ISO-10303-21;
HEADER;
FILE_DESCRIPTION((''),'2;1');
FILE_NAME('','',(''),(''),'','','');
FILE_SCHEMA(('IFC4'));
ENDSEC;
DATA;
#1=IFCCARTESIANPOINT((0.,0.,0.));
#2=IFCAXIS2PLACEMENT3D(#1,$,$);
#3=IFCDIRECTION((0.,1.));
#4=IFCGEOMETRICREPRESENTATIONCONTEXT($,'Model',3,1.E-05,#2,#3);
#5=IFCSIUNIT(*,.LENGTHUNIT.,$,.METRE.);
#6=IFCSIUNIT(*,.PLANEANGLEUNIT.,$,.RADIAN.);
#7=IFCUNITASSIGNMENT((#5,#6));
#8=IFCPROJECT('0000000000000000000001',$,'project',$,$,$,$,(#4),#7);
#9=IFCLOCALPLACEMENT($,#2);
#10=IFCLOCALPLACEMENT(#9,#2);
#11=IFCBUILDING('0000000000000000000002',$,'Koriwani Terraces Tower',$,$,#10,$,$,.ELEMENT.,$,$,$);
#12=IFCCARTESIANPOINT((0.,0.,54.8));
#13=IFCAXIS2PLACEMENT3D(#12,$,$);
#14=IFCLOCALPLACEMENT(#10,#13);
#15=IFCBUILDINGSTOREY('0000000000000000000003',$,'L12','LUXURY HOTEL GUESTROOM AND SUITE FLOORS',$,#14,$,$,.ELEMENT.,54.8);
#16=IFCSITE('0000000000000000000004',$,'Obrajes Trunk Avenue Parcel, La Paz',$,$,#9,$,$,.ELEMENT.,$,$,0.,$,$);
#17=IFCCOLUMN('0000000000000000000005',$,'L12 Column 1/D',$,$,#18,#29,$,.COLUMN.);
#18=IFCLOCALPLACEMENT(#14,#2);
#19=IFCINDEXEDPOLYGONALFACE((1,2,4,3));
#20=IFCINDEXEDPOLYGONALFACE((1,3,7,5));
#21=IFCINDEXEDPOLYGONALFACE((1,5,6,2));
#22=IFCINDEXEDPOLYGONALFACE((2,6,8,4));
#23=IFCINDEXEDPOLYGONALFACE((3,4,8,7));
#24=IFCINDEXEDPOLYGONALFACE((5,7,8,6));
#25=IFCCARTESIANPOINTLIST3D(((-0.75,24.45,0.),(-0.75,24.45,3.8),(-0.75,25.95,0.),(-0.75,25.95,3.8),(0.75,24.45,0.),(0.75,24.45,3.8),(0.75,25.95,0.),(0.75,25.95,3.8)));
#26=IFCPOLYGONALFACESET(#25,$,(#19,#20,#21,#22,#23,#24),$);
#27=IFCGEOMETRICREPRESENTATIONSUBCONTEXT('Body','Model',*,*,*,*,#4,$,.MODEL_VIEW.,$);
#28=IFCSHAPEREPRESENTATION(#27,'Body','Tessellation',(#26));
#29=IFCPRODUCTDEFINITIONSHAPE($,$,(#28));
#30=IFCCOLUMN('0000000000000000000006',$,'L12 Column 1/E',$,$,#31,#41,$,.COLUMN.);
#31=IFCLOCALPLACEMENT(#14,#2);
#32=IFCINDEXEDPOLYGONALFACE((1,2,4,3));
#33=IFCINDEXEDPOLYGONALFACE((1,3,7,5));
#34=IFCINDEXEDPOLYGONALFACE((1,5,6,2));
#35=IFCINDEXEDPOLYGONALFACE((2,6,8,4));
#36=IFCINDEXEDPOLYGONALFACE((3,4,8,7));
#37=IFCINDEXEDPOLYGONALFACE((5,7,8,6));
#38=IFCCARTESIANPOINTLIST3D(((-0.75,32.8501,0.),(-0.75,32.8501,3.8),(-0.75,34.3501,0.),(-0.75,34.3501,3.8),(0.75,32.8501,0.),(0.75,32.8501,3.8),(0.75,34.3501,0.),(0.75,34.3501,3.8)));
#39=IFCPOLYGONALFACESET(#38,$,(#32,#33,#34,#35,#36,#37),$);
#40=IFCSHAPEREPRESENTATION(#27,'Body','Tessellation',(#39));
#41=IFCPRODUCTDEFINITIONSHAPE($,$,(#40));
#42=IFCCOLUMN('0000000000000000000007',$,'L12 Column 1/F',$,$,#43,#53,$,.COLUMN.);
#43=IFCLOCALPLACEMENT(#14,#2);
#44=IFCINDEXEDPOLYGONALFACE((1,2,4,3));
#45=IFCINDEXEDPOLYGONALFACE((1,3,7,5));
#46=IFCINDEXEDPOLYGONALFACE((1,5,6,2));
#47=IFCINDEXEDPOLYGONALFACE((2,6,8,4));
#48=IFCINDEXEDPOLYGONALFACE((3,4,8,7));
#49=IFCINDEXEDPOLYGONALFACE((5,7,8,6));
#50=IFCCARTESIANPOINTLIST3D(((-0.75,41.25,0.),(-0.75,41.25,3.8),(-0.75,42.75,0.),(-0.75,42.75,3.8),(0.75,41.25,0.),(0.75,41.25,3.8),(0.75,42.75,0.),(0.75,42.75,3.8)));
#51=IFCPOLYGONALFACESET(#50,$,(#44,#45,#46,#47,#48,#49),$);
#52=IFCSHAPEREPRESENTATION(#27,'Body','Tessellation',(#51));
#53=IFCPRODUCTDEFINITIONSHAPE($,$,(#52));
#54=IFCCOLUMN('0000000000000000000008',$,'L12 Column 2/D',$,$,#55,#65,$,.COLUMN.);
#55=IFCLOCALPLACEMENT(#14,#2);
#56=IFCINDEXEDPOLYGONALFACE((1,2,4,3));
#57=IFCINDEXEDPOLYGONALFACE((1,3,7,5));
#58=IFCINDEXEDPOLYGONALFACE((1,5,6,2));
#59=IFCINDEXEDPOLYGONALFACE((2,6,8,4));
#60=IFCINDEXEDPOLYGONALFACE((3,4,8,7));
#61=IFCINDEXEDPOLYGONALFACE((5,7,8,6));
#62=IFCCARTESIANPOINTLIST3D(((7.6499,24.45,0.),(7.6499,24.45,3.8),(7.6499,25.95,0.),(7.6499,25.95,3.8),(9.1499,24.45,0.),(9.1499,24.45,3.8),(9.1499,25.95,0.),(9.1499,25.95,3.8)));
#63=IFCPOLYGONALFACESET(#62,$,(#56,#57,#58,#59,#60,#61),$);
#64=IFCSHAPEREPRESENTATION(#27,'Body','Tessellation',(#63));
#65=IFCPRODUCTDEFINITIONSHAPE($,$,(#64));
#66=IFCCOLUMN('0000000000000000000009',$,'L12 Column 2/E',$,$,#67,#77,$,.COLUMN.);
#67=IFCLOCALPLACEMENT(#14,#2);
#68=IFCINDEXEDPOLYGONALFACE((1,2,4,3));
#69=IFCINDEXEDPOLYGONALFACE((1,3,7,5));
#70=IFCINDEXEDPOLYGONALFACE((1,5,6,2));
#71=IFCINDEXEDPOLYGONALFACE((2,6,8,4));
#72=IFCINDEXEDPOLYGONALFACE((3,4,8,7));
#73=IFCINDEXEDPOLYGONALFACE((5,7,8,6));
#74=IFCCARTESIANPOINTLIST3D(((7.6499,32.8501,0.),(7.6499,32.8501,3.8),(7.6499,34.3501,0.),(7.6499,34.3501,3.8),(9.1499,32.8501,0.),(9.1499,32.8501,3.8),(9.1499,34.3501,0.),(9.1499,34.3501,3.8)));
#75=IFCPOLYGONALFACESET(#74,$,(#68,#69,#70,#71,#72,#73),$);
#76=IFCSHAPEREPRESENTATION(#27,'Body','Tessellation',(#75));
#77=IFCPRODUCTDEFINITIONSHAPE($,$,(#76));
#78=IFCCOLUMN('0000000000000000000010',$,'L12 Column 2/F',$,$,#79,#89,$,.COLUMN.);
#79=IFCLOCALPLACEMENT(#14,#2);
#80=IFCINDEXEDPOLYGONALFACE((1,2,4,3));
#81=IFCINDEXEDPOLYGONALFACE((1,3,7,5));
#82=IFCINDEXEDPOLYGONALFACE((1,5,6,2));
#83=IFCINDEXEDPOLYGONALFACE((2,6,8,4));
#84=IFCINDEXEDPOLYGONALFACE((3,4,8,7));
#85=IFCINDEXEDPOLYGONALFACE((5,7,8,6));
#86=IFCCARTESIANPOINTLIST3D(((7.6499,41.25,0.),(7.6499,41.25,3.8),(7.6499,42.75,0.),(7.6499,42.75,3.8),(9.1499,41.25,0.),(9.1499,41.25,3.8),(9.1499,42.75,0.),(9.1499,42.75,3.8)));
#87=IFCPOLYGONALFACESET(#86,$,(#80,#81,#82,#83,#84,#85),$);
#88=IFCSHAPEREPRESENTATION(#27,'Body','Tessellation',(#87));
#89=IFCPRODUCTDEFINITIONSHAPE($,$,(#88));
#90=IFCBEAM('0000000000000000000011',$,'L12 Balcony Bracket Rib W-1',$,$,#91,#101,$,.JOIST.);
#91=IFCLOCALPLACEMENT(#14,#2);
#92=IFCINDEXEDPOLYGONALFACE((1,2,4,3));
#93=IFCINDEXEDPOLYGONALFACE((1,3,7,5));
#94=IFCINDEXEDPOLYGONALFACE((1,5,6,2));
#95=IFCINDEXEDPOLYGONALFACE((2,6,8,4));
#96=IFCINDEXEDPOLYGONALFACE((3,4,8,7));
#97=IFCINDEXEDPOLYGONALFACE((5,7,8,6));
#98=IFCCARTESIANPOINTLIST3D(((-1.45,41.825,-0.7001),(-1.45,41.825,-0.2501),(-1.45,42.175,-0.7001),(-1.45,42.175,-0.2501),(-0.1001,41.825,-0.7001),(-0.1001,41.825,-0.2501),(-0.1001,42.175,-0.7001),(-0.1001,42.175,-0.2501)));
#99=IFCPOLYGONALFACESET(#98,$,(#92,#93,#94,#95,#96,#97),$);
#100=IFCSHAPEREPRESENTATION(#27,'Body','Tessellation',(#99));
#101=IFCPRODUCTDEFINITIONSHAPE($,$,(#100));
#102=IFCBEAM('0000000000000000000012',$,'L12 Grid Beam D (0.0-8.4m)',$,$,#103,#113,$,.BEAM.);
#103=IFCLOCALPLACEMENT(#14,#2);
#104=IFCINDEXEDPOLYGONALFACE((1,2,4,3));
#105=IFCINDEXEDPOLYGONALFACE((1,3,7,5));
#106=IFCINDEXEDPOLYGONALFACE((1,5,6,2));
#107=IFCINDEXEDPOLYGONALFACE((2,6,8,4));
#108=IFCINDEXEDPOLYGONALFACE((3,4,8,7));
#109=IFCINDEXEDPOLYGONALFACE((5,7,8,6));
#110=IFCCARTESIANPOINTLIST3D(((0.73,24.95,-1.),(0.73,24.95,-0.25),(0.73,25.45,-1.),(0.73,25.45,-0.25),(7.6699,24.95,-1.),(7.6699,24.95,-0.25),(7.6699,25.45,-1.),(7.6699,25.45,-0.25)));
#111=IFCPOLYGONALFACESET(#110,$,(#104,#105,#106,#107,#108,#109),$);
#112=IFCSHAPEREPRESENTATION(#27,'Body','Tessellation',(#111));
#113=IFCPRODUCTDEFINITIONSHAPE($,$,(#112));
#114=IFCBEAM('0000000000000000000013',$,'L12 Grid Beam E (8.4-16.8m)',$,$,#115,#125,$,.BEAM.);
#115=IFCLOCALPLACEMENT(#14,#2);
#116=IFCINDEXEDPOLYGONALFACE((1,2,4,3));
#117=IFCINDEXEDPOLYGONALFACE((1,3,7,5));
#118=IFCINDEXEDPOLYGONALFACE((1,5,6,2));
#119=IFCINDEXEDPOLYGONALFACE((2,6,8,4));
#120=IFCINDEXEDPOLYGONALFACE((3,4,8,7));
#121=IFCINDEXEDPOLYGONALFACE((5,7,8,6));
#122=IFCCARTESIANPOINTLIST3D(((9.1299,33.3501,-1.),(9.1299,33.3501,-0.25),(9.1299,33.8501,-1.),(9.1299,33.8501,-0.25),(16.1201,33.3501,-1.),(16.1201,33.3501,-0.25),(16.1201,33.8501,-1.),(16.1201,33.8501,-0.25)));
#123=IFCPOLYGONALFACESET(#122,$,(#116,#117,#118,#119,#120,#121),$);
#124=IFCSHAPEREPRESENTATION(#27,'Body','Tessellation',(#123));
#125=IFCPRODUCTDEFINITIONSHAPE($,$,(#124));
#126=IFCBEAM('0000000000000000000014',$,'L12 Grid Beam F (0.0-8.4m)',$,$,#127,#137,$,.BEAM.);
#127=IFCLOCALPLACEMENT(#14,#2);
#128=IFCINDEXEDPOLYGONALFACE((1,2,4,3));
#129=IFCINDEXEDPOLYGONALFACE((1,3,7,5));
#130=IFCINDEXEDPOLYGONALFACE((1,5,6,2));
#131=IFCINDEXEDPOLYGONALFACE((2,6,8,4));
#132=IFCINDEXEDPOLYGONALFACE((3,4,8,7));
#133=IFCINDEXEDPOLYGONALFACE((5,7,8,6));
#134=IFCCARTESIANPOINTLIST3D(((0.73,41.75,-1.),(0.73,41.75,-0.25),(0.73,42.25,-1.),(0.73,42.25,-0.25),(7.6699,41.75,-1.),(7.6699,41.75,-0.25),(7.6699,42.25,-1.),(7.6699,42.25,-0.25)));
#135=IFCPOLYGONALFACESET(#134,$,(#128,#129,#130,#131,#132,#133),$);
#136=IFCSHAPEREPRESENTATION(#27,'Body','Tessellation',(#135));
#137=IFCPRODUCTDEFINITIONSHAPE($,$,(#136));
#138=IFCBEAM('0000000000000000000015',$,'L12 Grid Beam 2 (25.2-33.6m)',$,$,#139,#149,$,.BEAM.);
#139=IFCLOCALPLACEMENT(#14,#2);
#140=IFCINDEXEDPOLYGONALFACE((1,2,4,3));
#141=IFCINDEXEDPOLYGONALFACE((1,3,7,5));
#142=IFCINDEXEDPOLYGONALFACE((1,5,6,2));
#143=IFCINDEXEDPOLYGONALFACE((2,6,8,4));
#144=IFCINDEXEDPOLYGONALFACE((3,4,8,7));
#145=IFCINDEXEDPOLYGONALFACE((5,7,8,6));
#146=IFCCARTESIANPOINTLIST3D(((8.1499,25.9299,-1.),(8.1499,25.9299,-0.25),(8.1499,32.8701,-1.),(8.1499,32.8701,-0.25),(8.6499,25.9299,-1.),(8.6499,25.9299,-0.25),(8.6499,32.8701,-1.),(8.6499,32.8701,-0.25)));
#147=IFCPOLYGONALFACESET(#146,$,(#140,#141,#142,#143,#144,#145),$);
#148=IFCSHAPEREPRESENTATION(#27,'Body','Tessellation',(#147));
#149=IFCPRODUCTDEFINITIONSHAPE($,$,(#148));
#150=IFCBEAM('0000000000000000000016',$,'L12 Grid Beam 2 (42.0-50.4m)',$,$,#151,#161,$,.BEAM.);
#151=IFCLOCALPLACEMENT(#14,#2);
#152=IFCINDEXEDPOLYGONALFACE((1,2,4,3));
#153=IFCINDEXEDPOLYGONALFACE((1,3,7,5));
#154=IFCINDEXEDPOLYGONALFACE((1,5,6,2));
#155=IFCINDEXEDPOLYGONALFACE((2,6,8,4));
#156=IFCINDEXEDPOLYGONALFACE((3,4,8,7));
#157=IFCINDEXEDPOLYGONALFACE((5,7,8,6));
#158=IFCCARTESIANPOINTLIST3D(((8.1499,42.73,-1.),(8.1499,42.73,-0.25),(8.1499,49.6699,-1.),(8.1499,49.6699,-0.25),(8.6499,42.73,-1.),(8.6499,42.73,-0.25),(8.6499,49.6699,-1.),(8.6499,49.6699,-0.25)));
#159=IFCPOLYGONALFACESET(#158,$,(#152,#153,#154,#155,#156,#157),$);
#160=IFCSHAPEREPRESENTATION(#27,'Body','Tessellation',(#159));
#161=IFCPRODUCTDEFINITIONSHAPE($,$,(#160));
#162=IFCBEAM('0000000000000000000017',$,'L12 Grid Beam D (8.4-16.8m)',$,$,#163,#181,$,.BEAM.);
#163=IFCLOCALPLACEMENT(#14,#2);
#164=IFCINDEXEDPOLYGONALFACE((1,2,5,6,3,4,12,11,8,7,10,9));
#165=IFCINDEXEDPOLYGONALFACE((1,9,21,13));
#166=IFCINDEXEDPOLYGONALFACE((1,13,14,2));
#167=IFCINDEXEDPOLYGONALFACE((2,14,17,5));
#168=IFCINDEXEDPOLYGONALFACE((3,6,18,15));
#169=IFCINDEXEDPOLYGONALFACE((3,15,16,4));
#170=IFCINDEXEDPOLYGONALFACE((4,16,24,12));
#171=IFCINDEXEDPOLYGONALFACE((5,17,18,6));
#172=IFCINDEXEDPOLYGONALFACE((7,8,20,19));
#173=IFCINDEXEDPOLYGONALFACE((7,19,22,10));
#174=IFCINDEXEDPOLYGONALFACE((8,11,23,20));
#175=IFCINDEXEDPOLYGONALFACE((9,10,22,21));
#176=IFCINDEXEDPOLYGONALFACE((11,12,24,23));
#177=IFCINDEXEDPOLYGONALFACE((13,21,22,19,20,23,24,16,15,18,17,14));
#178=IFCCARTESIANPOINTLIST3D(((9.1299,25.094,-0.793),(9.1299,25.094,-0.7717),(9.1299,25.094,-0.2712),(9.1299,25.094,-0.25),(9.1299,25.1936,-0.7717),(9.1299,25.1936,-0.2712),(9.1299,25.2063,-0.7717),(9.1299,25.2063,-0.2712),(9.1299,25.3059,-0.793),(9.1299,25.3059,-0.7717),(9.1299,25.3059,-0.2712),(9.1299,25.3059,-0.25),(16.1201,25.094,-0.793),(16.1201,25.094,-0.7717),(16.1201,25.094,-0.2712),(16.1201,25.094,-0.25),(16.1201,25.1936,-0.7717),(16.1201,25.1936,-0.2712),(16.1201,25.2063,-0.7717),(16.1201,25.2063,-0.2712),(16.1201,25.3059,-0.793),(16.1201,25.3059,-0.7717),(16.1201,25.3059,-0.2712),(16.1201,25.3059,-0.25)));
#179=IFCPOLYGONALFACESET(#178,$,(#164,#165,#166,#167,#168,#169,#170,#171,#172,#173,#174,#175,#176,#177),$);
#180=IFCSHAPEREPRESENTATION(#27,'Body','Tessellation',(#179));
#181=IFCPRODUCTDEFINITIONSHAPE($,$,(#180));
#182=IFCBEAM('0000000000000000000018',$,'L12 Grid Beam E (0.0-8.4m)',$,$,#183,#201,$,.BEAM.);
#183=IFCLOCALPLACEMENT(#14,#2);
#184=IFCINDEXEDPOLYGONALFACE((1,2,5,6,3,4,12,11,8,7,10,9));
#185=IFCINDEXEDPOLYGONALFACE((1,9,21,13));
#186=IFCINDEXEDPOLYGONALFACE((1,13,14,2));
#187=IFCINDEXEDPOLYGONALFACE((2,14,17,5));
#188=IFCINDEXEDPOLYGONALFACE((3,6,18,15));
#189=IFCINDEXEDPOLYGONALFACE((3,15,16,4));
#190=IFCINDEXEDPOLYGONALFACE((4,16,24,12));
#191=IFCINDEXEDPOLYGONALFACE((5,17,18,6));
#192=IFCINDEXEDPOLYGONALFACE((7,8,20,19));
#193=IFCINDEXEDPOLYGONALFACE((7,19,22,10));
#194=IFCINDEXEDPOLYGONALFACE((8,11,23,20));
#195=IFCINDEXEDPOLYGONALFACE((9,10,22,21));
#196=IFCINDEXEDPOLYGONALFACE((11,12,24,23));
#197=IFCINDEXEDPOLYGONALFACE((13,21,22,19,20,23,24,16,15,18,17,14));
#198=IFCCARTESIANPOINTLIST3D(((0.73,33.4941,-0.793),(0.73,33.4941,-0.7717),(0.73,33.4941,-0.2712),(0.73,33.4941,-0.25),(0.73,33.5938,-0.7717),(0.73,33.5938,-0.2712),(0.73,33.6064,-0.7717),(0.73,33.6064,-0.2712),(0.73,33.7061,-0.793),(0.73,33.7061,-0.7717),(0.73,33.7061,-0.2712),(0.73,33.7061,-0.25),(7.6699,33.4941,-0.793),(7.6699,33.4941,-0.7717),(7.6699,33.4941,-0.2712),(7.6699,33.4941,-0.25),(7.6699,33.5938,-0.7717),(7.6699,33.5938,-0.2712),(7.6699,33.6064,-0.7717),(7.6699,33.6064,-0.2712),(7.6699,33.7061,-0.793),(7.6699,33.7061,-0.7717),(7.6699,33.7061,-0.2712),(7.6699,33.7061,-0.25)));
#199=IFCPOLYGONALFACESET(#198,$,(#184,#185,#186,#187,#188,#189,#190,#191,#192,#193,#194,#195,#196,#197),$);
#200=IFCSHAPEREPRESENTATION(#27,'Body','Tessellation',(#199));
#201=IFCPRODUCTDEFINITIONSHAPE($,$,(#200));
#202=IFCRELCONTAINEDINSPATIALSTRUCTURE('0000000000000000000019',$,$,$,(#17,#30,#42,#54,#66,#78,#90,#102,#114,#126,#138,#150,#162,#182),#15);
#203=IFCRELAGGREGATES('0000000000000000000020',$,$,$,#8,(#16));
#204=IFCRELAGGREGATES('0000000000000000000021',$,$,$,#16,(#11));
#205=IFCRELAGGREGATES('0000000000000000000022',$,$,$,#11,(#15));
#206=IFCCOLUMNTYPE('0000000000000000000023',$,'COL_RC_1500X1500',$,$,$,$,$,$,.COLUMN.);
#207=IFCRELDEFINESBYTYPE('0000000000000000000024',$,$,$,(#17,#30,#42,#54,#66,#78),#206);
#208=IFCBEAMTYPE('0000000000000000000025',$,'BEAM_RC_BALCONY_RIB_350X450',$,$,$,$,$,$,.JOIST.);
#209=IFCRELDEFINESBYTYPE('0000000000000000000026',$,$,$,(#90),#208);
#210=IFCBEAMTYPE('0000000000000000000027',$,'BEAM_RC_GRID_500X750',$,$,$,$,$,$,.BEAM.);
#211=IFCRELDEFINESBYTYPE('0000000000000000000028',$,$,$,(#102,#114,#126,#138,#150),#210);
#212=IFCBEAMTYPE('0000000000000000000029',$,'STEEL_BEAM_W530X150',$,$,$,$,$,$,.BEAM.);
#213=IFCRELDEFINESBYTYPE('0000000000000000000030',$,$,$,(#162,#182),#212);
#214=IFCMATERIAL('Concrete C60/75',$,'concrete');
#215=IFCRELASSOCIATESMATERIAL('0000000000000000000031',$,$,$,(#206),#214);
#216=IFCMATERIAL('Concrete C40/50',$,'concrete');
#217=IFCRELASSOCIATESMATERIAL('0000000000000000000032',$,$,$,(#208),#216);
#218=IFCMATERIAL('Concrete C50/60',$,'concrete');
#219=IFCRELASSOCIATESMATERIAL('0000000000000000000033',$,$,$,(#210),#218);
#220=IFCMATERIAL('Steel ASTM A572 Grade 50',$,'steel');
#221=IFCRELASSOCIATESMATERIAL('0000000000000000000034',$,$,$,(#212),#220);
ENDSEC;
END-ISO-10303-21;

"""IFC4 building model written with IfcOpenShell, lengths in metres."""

from ifc_helpers import new_model, si_unit, direction, frame, origin, origin_2d, place, context, subcontext, project, spatial, rectangle, i_section, extrude, material, material_profile, profile_set, type_object, element, save


model = new_model("IFC4")

# Units and contexts
model_context = context("Model", 3, precision=1e-05, world=origin(), true_north=direction((0.0, 1.0)))
body_context = subcontext(model_context, "Body", "Model", "MODEL_VIEW")
ifc_project = project(units=[si_unit("LENGTHUNIT", "METRE"), si_unit("PLANEANGLEUNIT", "RADIAN")], contexts=[model_context])

# Site, building, storey
site_placement = place(None, origin())
site = spatial("IfcSite", under=ifc_project, at=site_placement, Name="Obrajes Trunk Avenue Parcel, La Paz", CompositionType="ELEMENT", RefElevation=0.0)
building_placement = place(site_placement, origin())
building = spatial("IfcBuilding", under=site, at=building_placement, Name="Koriwani Terraces Tower", CompositionType="ELEMENT")
storey_placement = place(building_placement, frame((0.0, 0.0, 54.8)))
storey = spatial("IfcBuildingStorey", under=building, at=storey_placement, Name="L12", Description="LUXURY HOTEL GUESTROOM AND SUITE FLOORS", CompositionType="ELEMENT", Elevation=54.8)

# Columns
ifc_material_1 = material(Name="Concrete C60/75", Category="concrete")
ifc_material_profile_1 = material_profile(ifc_material_1, rectangle(XDim=1.5, YDim=1.5, at=origin_2d()), Name="Concrete C60/75", Category="LoadBearing")
ifc_profile_set_1 = profile_set([ifc_material_profile_1], Name="Concrete C60/75")
column_type = type_object("IfcColumnType", Name="COL_RC_1500X1500", PredefinedType="COLUMN", material=ifc_profile_set_1)
for number, where, z_axis, x_axis, name in (
    (1, (0.0, 25.2, 0.0), (0.0, 0.0, 1.0), (1.0, 0.0, 0.0), "L12 Column 1/D"),
    (2, (0.0, 33.6001, 0.0), (0.0, 0.0, 1.0), (1.0, 0.0, 0.0), "L12 Column 1/E"),
    (3, (0.0, 42.0, 0.0), (0.0, 0.0, 1.0), (1.0, 0.0, 0.0), "L12 Column 1/F"),
    (4, (8.3999, 25.2, 0.0), (0.0, 0.0, 1.0), (1.0, 0.0, 0.0), "L12 Column 2/D"),
    (5, (8.3999, 33.6001, 0.0), (0.0, 0.0, 1.0), (1.0, 0.0, 0.0), "L12 Column 2/E"),
    (6, (8.3999, 42.0, 0.0), (0.0, 0.0, 1.0), (1.0, 0.0, 0.0), "L12 Column 2/F"),
):
    element("IfcColumn", number, at=place(storey_placement, frame(where, z_axis=z_axis, x_axis=x_axis)), inside=storey, type_object=column_type, Name=name, PredefinedType="COLUMN", context=body_context, shape_type="SweptSolid", body=[
        extrude(rectangle(XDim=1.5, YDim=1.5, at=origin_2d()), origin(), (0.0, 0.0, 1.0), 3.8),
    ])

# Beams
ifc_material_2 = material(Name="Concrete C40/50", Category="concrete")
ifc_material_profile_2 = material_profile(ifc_material_2, rectangle(XDim=0.3501, YDim=0.45, at=origin_2d()), Name="Concrete C40/50", Category="LoadBearing")
ifc_profile_set_2 = profile_set([ifc_material_profile_2], Name="Concrete C40/50")
beam_type_1 = type_object("IfcBeamType", Name="BEAM_RC_BALCONY_RIB_350X450", PredefinedType="JOIST", material=ifc_profile_set_2)
beam_1_placement = place(storey_placement, frame((-1.45, 42.0, -0.4751), z_axis=(1.0, 0.0, 0.0), x_axis=(0.0, 1.0, 0.0)))
element("IfcBeam", 7, at=beam_1_placement, inside=storey, type_object=beam_type_1, Name="L12 Balcony Bracket Rib W-1", PredefinedType="JOIST", context=body_context, shape_type="SweptSolid", body=[
    extrude(rectangle(XDim=0.3501, YDim=0.45, at=origin_2d()), origin(), (0.0, 0.0, 1.0), 1.3499),
])
ifc_material_3 = material(Name="Concrete C50/60", Category="concrete")
ifc_material_profile_3 = material_profile(ifc_material_3, rectangle(XDim=0.5, YDim=0.75, at=origin_2d()), Name="Concrete C50/60", Category="LoadBearing")
ifc_profile_set_3 = profile_set([ifc_material_profile_3], Name="Concrete C50/60")
beam_type_2 = type_object("IfcBeamType", Name="BEAM_RC_GRID_500X750", PredefinedType="BEAM", material=ifc_profile_set_3)
beam_2_placement = place(storey_placement, frame((0.73, 25.2, -0.625), z_axis=(1.0, 0.0, 0.0), x_axis=(0.0, 1.0, 0.0)))
element("IfcBeam", 8, at=beam_2_placement, inside=storey, type_object=beam_type_2, Name="L12 Grid Beam D (0.0-8.4m)", PredefinedType="BEAM", context=body_context, shape_type="SweptSolid", body=[
    extrude(rectangle(XDim=0.5, YDim=0.75, at=origin_2d()), origin(), (0.0, 0.0, 1.0), 6.9399),
])
beam_3_placement = place(storey_placement, frame((9.1299, 33.6001, -0.625), z_axis=(1.0, 0.0, 0.0), x_axis=(0.0, 1.0, 0.0)))
element("IfcBeam", 9, at=beam_3_placement, inside=storey, type_object=beam_type_2, Name="L12 Grid Beam E (8.4-16.8m)", PredefinedType="BEAM", context=body_context, shape_type="SweptSolid", body=[
    extrude(rectangle(XDim=0.5, YDim=0.75, at=origin_2d()), origin(), (0.0, 0.0, 1.0), 6.9902),
])
beam_4_placement = place(storey_placement, frame((0.73, 42.0, -0.625), z_axis=(1.0, 0.0, 0.0), x_axis=(0.0, 1.0, 0.0)))
element("IfcBeam", 10, at=beam_4_placement, inside=storey, type_object=beam_type_2, Name="L12 Grid Beam F (0.0-8.4m)", PredefinedType="BEAM", context=body_context, shape_type="SweptSolid", body=[
    extrude(rectangle(XDim=0.5, YDim=0.75, at=origin_2d()), origin(), (0.0, 0.0, 1.0), 6.9399),
])
beam_5_placement = place(storey_placement, frame((8.3999, 25.9299, -0.625), z_axis=(0.0, 1.0, 0.0), x_axis=(-1.0, 0.0, 0.0)))
element("IfcBeam", 11, at=beam_5_placement, inside=storey, type_object=beam_type_2, Name="L12 Grid Beam 2 (25.2-33.6m)", PredefinedType="BEAM", context=body_context, shape_type="SweptSolid", body=[
    extrude(rectangle(XDim=0.5, YDim=0.75, at=origin_2d()), origin(), (0.0, 0.0, 1.0), 6.9402),
])
beam_6_placement = place(storey_placement, frame((8.3999, 42.73, -0.625), z_axis=(0.0, 1.0, 0.0), x_axis=(-1.0, 0.0, 0.0)))
element("IfcBeam", 12, at=beam_6_placement, inside=storey, type_object=beam_type_2, Name="L12 Grid Beam 2 (42.0-50.4m)", PredefinedType="BEAM", context=body_context, shape_type="SweptSolid", body=[
    extrude(rectangle(XDim=0.5, YDim=0.75, at=origin_2d()), origin(), (0.0, 0.0, 1.0), 6.9399),
])
ifc_material_4 = material(Name="Steel ASTM A572 Grade 50", Category="steel")
ifc_material_profile_4 = material_profile(ifc_material_4, i_section(OverallWidth=0.2119, OverallDepth=0.543, WebThickness=0.0127, FlangeThickness=0.0212, at=origin_2d()), Name="Steel ASTM A572 Grade 50", Category="LoadBearing")
ifc_profile_set_4 = profile_set([ifc_material_profile_4], Name="Steel ASTM A572 Grade 50")
beam_type_3 = type_object("IfcBeamType", Name="STEEL_BEAM_W530X150", PredefinedType="BEAM", material=ifc_profile_set_4)
beam_7_placement = place(storey_placement, frame((9.1299, 25.2, -0.5215), z_axis=(1.0, 0.0, 0.0), x_axis=(0.0, 1.0, 0.0)))
element("IfcBeam", 13, at=beam_7_placement, inside=storey, type_object=beam_type_3, Name="L12 Grid Beam D (8.4-16.8m)", PredefinedType="BEAM", context=body_context, shape_type="SweptSolid", body=[
    extrude(i_section(OverallWidth=0.2119, OverallDepth=0.543, WebThickness=0.0127, FlangeThickness=0.0212, at=origin_2d()), origin(), (0.0, 0.0, 1.0), 6.9902),
])
beam_8_placement = place(storey_placement, frame((0.73, 33.6001, -0.5215), z_axis=(1.0, 0.0, 0.0), x_axis=(0.0, 1.0, 0.0)))
element("IfcBeam", 14, at=beam_8_placement, inside=storey, type_object=beam_type_3, Name="L12 Grid Beam E (0.0-8.4m)", PredefinedType="BEAM", context=body_context, shape_type="SweptSolid", body=[
    extrude(i_section(OverallWidth=0.2119, OverallDepth=0.543, WebThickness=0.0127, FlangeThickness=0.0212, at=origin_2d()), origin(), (0.0, 0.0, 1.0), 6.9399),
])

save(model, "model.ifc")
